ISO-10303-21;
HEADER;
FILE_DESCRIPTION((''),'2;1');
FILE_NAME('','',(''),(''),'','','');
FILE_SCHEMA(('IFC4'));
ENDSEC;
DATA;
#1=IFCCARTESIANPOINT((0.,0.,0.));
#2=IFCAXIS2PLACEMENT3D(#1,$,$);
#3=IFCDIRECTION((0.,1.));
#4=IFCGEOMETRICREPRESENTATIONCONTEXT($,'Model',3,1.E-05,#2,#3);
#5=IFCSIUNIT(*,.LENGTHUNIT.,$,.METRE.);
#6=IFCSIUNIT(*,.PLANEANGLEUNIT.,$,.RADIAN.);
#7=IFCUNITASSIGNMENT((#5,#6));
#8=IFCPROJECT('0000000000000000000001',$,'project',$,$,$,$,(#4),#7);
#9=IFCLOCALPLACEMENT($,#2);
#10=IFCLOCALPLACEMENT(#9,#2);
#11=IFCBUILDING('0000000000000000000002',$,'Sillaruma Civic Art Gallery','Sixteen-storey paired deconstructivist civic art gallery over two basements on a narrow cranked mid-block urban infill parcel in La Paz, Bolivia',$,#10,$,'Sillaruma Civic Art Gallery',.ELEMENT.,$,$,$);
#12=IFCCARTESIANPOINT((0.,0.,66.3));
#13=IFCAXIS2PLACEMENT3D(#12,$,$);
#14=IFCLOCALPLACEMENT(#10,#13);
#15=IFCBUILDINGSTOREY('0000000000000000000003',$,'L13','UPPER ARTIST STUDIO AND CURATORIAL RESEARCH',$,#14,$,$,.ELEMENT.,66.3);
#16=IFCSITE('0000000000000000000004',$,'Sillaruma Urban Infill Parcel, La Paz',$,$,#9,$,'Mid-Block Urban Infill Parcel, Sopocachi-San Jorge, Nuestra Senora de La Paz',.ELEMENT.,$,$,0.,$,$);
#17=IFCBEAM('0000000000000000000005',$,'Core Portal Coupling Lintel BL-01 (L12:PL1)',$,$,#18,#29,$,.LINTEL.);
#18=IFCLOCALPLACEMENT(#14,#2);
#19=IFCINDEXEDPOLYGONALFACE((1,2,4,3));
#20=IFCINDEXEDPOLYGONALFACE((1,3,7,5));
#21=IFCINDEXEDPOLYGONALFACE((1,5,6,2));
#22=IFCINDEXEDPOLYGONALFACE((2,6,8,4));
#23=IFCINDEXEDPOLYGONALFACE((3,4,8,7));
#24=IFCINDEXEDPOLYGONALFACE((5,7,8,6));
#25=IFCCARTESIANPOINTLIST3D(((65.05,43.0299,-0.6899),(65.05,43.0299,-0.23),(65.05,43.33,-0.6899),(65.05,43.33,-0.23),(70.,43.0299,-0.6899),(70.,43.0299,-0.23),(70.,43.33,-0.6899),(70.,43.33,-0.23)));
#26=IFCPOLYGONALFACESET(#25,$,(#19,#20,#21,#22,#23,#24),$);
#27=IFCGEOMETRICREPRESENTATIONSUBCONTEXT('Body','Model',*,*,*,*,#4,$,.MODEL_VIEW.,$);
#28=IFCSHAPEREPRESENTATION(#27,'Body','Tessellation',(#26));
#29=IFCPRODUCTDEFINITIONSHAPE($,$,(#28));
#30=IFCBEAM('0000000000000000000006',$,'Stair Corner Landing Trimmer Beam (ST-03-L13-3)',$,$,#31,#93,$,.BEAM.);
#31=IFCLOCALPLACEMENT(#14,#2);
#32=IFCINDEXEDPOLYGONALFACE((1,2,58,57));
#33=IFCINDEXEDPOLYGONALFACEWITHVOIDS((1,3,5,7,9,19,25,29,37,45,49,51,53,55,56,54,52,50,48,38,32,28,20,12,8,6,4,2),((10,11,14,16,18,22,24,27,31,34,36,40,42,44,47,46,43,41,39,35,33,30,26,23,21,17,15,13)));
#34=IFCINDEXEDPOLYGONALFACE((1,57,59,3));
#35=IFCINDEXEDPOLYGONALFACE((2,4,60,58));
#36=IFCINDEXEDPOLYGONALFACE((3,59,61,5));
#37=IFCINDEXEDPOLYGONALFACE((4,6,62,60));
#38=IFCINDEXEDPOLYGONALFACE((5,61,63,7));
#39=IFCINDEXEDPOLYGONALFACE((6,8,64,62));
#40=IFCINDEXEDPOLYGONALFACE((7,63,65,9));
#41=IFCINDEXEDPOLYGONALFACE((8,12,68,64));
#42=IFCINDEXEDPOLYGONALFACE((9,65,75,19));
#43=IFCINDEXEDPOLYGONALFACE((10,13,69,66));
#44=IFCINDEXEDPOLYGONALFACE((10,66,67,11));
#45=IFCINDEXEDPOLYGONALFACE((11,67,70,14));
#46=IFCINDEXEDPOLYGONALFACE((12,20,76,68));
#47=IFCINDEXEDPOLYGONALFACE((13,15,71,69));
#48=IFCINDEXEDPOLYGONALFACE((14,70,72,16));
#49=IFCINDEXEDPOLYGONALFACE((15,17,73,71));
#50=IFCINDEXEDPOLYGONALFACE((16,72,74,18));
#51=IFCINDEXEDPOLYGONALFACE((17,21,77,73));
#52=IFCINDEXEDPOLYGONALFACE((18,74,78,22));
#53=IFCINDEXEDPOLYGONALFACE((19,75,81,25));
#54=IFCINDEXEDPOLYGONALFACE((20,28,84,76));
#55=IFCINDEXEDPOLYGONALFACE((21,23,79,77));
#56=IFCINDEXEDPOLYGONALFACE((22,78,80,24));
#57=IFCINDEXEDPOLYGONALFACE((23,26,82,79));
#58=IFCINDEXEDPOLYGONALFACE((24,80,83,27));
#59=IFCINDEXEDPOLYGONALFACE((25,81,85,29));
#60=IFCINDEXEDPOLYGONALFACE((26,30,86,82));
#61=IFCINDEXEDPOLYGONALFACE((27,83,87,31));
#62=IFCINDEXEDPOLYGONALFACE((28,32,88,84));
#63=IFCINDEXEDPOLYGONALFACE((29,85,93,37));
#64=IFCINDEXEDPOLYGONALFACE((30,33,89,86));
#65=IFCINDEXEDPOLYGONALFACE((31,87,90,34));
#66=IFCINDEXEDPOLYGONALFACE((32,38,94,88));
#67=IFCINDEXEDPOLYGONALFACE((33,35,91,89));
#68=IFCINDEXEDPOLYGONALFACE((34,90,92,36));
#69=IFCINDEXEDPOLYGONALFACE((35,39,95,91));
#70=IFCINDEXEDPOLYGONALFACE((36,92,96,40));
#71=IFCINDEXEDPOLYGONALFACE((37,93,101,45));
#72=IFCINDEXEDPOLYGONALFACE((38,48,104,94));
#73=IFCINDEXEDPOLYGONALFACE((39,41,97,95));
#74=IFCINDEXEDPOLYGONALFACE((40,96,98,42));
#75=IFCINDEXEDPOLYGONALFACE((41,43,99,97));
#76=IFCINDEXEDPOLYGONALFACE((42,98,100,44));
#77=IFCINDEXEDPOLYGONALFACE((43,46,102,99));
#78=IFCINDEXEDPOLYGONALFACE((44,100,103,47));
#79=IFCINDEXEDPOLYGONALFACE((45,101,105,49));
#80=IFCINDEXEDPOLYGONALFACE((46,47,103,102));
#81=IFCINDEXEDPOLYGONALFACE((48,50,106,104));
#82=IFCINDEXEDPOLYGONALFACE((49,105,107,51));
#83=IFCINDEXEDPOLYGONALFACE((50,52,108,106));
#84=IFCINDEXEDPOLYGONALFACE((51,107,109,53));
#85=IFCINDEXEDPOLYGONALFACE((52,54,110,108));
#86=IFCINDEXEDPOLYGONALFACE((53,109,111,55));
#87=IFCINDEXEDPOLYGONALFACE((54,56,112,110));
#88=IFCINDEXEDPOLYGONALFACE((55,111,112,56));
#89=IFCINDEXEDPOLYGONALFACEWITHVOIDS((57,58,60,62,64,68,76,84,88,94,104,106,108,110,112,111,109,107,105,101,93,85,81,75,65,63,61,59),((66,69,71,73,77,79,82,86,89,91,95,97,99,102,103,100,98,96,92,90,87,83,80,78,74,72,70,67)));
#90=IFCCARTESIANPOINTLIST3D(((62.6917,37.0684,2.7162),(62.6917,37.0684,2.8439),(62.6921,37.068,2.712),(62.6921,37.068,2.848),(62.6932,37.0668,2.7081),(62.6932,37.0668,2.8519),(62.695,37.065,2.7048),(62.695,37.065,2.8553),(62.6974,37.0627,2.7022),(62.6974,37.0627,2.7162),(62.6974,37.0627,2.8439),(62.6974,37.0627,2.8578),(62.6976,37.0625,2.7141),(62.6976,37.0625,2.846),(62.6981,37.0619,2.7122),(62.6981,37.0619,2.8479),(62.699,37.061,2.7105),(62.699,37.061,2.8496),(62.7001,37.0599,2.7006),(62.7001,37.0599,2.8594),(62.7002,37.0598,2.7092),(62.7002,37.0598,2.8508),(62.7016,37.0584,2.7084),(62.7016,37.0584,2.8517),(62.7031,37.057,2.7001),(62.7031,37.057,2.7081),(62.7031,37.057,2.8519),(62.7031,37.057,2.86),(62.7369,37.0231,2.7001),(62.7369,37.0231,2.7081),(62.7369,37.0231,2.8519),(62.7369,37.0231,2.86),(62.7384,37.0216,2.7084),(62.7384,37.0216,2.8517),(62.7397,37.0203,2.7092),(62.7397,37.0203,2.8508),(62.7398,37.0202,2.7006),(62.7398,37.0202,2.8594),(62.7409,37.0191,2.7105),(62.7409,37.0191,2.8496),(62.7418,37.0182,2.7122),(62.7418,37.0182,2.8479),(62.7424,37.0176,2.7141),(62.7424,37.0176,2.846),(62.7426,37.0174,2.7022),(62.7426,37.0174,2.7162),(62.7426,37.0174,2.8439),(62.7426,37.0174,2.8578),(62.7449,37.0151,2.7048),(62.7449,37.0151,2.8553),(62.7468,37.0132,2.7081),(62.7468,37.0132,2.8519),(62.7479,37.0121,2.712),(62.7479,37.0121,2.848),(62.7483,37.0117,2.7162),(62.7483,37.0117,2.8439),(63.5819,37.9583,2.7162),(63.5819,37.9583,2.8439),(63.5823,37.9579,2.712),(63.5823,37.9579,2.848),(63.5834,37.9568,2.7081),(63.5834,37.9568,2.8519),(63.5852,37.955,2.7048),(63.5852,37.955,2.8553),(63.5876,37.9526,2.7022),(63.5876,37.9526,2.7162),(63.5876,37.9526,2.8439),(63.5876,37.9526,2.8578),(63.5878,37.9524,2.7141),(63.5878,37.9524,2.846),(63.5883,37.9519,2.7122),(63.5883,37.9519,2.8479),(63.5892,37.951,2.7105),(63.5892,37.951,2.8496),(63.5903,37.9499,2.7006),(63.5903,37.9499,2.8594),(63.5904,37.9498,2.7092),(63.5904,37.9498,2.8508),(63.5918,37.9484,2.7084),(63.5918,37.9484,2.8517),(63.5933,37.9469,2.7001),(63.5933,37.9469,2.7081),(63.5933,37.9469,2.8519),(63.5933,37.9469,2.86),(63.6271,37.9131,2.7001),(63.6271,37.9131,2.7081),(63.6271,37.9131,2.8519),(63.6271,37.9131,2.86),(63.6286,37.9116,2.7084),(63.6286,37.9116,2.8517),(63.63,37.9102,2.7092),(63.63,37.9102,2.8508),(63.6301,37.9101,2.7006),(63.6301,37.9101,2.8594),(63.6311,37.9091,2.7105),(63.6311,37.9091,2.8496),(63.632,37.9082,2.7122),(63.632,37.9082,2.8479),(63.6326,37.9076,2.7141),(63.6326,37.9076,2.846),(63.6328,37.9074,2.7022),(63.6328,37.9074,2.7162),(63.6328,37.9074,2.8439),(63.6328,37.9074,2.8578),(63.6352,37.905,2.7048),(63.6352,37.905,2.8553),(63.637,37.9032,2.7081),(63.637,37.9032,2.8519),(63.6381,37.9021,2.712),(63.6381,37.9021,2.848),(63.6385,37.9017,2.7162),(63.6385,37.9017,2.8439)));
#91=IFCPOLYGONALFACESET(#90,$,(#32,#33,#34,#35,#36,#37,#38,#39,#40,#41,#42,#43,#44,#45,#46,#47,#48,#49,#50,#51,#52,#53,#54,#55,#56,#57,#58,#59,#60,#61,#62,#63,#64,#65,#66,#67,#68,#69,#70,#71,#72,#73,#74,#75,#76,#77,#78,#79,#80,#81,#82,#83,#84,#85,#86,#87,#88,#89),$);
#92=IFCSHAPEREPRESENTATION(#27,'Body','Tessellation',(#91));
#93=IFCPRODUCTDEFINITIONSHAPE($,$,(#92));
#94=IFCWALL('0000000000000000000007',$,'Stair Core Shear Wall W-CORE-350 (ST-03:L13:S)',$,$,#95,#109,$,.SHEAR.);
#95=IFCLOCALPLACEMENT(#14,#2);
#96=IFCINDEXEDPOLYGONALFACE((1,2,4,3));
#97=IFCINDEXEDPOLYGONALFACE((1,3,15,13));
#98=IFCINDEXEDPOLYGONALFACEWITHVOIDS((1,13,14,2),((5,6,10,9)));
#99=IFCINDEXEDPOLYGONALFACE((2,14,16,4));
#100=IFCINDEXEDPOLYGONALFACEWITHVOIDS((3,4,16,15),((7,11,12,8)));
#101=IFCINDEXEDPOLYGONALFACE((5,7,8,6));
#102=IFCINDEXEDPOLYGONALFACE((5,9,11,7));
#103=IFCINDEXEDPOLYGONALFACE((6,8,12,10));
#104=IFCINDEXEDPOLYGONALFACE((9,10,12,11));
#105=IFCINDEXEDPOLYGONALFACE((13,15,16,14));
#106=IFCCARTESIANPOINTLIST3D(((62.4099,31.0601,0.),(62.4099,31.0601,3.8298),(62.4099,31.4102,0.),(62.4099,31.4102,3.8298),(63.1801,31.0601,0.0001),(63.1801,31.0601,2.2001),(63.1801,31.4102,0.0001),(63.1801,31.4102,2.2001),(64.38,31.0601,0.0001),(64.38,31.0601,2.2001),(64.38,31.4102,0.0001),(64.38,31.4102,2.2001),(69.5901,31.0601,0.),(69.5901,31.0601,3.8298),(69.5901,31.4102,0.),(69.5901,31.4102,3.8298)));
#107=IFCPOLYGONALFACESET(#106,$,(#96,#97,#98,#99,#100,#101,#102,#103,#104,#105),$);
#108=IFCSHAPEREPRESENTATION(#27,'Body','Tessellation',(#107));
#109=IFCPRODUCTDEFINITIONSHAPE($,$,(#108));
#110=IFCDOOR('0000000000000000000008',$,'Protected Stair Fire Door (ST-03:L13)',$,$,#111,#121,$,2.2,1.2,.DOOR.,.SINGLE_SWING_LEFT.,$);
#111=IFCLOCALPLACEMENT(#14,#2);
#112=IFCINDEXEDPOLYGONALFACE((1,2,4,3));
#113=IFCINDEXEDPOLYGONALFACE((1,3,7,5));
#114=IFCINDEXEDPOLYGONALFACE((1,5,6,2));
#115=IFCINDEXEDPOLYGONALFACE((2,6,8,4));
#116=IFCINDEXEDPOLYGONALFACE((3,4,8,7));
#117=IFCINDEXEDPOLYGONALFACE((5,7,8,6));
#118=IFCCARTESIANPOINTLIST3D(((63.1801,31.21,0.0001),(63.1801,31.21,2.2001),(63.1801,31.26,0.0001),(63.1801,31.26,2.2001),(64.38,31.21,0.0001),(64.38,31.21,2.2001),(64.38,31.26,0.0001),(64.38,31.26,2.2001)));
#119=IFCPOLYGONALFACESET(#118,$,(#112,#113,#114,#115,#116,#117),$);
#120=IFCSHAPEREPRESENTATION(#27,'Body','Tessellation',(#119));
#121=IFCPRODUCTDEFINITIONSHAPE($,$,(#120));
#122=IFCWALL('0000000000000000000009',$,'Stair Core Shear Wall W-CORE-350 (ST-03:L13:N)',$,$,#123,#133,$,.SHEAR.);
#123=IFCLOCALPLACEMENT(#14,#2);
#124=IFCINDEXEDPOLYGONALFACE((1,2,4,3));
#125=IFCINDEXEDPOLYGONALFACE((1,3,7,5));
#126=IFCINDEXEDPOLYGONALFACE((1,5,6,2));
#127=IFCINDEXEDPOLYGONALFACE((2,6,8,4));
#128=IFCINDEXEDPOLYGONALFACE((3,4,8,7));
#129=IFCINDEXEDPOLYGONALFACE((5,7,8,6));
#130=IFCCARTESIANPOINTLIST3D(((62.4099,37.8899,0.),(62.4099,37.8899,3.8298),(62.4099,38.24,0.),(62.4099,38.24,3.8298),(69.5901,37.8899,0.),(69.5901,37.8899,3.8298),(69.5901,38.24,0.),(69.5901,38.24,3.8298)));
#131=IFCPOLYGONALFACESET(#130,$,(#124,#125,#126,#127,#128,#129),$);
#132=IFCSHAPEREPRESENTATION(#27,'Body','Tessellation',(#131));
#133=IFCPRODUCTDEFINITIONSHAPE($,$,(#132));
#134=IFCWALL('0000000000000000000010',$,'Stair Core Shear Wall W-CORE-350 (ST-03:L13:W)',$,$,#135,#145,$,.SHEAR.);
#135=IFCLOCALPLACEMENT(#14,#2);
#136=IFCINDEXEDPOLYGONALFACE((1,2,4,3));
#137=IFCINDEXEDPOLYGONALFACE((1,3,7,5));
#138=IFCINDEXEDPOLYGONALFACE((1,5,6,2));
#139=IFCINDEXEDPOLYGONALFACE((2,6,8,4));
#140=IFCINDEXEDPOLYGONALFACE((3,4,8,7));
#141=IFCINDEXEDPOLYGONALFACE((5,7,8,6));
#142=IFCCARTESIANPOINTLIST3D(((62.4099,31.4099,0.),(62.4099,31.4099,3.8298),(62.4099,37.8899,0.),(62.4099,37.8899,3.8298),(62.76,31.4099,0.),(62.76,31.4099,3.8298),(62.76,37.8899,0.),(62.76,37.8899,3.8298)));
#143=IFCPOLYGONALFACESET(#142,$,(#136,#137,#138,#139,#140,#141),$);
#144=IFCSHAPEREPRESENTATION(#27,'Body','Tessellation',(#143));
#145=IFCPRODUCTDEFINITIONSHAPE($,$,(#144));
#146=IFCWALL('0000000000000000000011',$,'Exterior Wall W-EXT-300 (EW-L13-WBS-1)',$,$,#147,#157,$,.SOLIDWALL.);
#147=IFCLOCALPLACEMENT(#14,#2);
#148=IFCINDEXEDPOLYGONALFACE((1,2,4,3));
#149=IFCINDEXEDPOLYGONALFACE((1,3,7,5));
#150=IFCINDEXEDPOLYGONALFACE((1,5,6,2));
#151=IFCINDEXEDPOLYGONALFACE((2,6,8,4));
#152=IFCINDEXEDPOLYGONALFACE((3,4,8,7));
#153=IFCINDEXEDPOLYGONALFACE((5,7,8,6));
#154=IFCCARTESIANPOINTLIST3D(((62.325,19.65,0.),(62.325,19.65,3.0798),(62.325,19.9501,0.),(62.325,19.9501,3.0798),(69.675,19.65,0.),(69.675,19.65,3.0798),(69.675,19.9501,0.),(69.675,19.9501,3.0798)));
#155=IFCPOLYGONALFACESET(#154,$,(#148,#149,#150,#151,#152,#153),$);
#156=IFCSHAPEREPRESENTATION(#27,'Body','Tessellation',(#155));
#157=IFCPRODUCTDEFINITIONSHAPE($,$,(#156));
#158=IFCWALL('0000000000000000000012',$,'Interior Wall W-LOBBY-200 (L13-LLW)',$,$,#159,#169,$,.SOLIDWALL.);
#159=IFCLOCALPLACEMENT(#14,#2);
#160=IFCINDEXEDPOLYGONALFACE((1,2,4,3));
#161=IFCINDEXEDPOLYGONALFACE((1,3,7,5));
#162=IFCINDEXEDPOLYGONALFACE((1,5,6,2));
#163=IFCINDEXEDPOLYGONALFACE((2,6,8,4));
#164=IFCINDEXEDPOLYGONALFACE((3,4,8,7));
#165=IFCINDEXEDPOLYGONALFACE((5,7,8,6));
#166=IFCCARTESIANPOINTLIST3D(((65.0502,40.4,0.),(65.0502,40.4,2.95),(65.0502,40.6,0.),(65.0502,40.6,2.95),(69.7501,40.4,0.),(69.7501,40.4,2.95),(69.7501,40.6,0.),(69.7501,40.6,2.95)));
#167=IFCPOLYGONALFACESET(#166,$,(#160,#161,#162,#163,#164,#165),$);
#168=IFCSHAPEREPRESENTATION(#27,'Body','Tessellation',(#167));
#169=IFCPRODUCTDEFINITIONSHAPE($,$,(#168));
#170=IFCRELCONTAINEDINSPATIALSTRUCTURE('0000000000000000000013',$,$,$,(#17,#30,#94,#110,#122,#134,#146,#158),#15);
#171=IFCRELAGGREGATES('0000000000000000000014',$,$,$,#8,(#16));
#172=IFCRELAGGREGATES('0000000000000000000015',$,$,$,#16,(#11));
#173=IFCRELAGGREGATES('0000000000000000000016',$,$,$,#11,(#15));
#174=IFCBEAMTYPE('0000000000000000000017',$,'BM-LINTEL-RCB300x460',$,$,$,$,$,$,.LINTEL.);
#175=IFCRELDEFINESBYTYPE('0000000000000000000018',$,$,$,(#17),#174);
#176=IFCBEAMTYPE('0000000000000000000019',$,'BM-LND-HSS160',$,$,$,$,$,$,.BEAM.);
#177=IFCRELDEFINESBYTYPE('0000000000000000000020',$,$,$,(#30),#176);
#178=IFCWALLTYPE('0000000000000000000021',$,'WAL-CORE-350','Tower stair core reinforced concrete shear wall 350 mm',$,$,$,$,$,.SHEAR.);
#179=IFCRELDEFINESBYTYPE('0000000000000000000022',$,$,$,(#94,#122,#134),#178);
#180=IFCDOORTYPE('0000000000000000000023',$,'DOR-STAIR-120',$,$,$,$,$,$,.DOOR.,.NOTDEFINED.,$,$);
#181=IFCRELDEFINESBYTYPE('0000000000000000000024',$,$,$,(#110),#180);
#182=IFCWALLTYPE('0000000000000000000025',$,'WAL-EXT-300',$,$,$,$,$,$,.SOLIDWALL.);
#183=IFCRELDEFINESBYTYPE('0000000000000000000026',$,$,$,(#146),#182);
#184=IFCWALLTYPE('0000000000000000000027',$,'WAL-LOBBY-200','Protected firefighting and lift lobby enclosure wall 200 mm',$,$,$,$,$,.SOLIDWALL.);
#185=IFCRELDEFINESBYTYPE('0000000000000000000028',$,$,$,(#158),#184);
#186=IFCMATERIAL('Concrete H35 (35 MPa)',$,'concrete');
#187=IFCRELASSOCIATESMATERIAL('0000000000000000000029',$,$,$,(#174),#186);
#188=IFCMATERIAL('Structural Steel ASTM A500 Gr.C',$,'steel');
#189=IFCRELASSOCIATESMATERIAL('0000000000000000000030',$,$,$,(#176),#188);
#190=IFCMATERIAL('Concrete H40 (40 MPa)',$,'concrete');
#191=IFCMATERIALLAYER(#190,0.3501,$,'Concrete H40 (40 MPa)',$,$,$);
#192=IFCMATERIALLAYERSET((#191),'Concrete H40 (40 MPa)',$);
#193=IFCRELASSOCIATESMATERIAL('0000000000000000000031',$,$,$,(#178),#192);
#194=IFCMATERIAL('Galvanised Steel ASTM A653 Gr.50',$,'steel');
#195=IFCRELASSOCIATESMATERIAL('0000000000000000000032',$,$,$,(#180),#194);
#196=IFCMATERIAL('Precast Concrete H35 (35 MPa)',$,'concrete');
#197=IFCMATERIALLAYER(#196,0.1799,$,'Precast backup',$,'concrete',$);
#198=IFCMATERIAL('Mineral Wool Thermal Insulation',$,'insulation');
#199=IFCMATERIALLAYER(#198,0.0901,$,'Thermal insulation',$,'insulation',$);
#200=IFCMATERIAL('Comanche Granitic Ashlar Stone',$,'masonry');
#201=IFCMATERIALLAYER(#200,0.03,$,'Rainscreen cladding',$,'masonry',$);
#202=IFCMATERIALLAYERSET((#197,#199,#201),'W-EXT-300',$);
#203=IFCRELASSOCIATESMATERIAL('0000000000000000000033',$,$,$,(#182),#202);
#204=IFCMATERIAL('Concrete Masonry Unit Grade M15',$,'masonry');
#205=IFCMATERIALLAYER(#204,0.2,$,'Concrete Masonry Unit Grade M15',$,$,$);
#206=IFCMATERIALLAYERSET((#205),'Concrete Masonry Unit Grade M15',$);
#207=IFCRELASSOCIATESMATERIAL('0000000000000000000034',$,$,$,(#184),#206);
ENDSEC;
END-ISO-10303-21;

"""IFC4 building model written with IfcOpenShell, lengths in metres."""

from ifc_helpers import new_model, si_unit, direction, frame, frame_2d, origin, origin_2d, place, context, subcontext, project, spatial, rectangle, hollow_rectangle, extrude, material, layer, layer_set, material_profile, profile_set, type_object, element, fill, save


model = new_model("IFC4")

# Units and contexts
model_context = context("Model", 3, precision=1e-05, world=origin(), true_north=direction((0.0, 1.0)))
body_context = subcontext(model_context, "Body", "Model", "MODEL_VIEW")
ifc_project = project(units=[si_unit("LENGTHUNIT", "METRE"), si_unit("PLANEANGLEUNIT", "RADIAN")], contexts=[model_context])

# Site, building, storey
site_placement = place(None, origin())
site = spatial("IfcSite", under=ifc_project, at=site_placement, Name="Sillaruma Urban Infill Parcel, La Paz", LongName="Mid-Block Urban Infill Parcel, Sopocachi-San Jorge, Nuestra Senora de La Paz", CompositionType="ELEMENT", RefElevation=0.0)
building_placement = place(site_placement, origin())
building = spatial("IfcBuilding", under=site, at=building_placement, Name="Sillaruma Civic Art Gallery", Description="Sixteen-storey paired deconstructivist civic art gallery over two basements on a narrow cranked mid-block urban infill parcel in La Paz, Bolivia", LongName="Sillaruma Civic Art Gallery", CompositionType="ELEMENT")
storey_placement = place(building_placement, frame((0.0, 0.0, 66.3)))
storey = spatial("IfcBuildingStorey", under=building, at=storey_placement, Name="L13", Description="UPPER ARTIST STUDIO AND CURATORIAL RESEARCH", CompositionType="ELEMENT", Elevation=66.3)

# Beams
ifc_material_1 = material(Name="Concrete H35 (35 MPa)", Category="concrete")
ifc_material_profile_1 = material_profile(ifc_material_1, rectangle(XDim=0.3, YDim=0.46, at=origin_2d()), Name="RCB300x460")
ifc_profile_set_1 = profile_set([ifc_material_profile_1], Name="Concrete H35 (35 MPa)")
beam_type_1 = type_object("IfcBeamType", Name="BM-LINTEL-RCB300x460", PredefinedType="LINTEL", material=ifc_profile_set_1)
beam_1_placement = place(storey_placement, frame((65.05, 43.1799, -0.46), z_axis=(1.0, 0.0, 0.0), x_axis=(0.0, 1.0, 0.0)))
element("IfcBeam", 1, at=beam_1_placement, inside=storey, type_object=beam_type_1, Name="Core Portal Coupling Lintel BL-01 (L12:PL1)", PredefinedType="LINTEL", context=body_context, shape_type="SweptSolid", body=[
    extrude(rectangle(XDim=0.3, YDim=0.46, at=origin_2d()), origin(), (0.0, 0.0, 1.0), 4.95),
])
ifc_material_2 = material(Name="Structural Steel ASTM A500 Gr.C", Category="steel")
ifc_material_profile_2 = material_profile(ifc_material_2, hollow_rectangle(XDim=0.0801, YDim=0.1599, WallThickness=0.0081, InnerFilletRadius=0.0081, OuterFilletRadius=0.0161, at=origin_2d()), Name="HSS160x80x8")
ifc_profile_set_2 = profile_set([ifc_material_profile_2], Name="Structural Steel ASTM A500 Gr.C")
beam_type_2 = type_object("IfcBeamType", Name="BM-LND-HSS160", PredefinedType="BEAM", material=ifc_profile_set_2)
beam_2_placement = place(storey_placement, frame((62.72, 37.04, 2.78), z_axis=(0.707204, 0.70701, 0.0), x_axis=(-0.70701, 0.707204, 0.0)))
element("IfcBeam", 2, at=beam_2_placement, inside=storey, type_object=beam_type_2, Name="Stair Corner Landing Trimmer Beam (ST-03-L13-3)", PredefinedType="BEAM", context=body_context, shape_type="SweptSolid", body=[
    extrude(hollow_rectangle(XDim=0.0801, YDim=0.1599, WallThickness=0.0081, InnerFilletRadius=0.0081, OuterFilletRadius=0.0161, at=origin_2d()), origin(), (0.0, 0.0, 1.0), 1.2588),
])

# Wall, opening, door
ifc_material_3 = material(Name="Concrete H40 (40 MPa)", Category="concrete")
ifc_layer_1 = layer(ifc_material_3, 0.3501, Name="Concrete H40 (40 MPa)")
ifc_layer_set_1 = layer_set([ifc_layer_1], Name="Concrete H40 (40 MPa)")
wall_type_1 = type_object("IfcWallType", Name="WAL-CORE-350", Description="Tower stair core reinforced concrete shear wall 350 mm", PredefinedType="SHEAR", material=ifc_layer_set_1)
wall_1_placement = place(storey_placement, frame((62.4099, 31.2351, 0.0), z_axis=(0.0, 0.0, 1.0), x_axis=(1.0, 0.0, 0.0)))
wall_1 = element("IfcWall", 3, at=wall_1_placement, inside=storey, type_object=wall_type_1, Name="Stair Core Shear Wall W-CORE-350 (ST-03:L13:S)", PredefinedType="SHEAR", context=body_context, shape_type="SweptSolid", body=[
    extrude(rectangle(XDim=7.1802, YDim=0.3501, at=frame_2d((3.5901, 0.0))), origin(), (0.0, 0.0, 1.0), 3.8298),
])
opening_1_placement = place(wall_1_placement, frame((0.77, 0.0, 0.0)))
opening_1 = element("IfcOpeningElement", 4, at=opening_1_placement, cuts=wall_1, PredefinedType="OPENING", context=body_context, shape_type="SweptSolid", body=[
    extrude(rectangle(XDim=1.2, YDim=2.2, at=frame_2d((0.6001, 1.1001))), frame((0.0, 0.1851, 0.0), z_axis=(0.0, -1.0, 0.0), x_axis=(1.0, 0.0, 0.0)), (0.0, 0.0, 1.0), 0.3701),
])
ifc_material_4 = material(Name="Galvanised Steel ASTM A653 Gr.50", Category="steel")
door_type_1 = type_object("IfcDoorType", Name="DOR-STAIR-120", OperationType="NOTDEFINED", PredefinedType="DOOR", material=ifc_material_4)
door_1_placement = place(opening_1_placement, origin())
door_1 = element("IfcDoor", 5, at=door_1_placement, inside=storey, type_object=door_type_1, Name="Protected Stair Fire Door (ST-03:L13)", OperationType="SINGLE_SWING_LEFT", OverallHeight=2.2, OverallWidth=1.2, PredefinedType="DOOR", context=body_context, shape_type="SweptSolid", body=[
    extrude(rectangle(XDim=1.2, YDim=2.2, at=frame_2d((0.6001, 1.1001))), frame((0.0, 0.0249, 0.0), z_axis=(0.0, -1.0, 0.0), x_axis=(1.0, 0.0, 0.0)), (0.0, 0.0, 1.0), 0.05),
])
fill(opening_1, door_1)

# Walls
wall_2_placement = place(storey_placement, frame((62.4099, 38.0649, 0.0), z_axis=(0.0, 0.0, 1.0), x_axis=(1.0, 0.0, 0.0)))
element("IfcWall", 6, at=wall_2_placement, inside=storey, type_object=wall_type_1, Name="Stair Core Shear Wall W-CORE-350 (ST-03:L13:N)", PredefinedType="SHEAR", context=body_context, shape_type="SweptSolid", body=[
    extrude(rectangle(XDim=7.1802, YDim=0.3501, at=frame_2d((3.5901, 0.0))), origin(), (0.0, 0.0, 1.0), 3.8298),
])
wall_3_placement = place(storey_placement, frame((62.585, 31.4099, 0.0), z_axis=(0.0, 0.0, 1.0), x_axis=(0.0, 1.0, 0.0)))
element("IfcWall", 7, at=wall_3_placement, inside=storey, type_object=wall_type_1, Name="Stair Core Shear Wall W-CORE-350 (ST-03:L13:W)", PredefinedType="SHEAR", context=body_context, shape_type="SweptSolid", body=[
    extrude(rectangle(XDim=6.48, YDim=0.3501, at=frame_2d((3.24, 0.0))), origin(), (0.0, 0.0, 1.0), 3.8298),
])
ifc_material_5 = material(Name="Precast Concrete H35 (35 MPa)", Category="concrete")
ifc_layer_2 = layer(ifc_material_5, 0.1799, Name="Precast backup", Category="concrete")
ifc_material_6 = material(Name="Mineral Wool Thermal Insulation", Category="insulation")
ifc_layer_3 = layer(ifc_material_6, 0.0901, Name="Thermal insulation", Category="insulation")
ifc_material_7 = material(Name="Comanche Granitic Ashlar Stone", Category="masonry")
ifc_layer_4 = layer(ifc_material_7, 0.03, Name="Rainscreen cladding", Category="masonry")
ifc_layer_set_2 = layer_set([ifc_layer_2, ifc_layer_3, ifc_layer_4], Name="W-EXT-300")
wall_type_2 = type_object("IfcWallType", Name="WAL-EXT-300", PredefinedType="SOLIDWALL", material=ifc_layer_set_2)
wall_4_placement = place(storey_placement, frame((62.325, 19.8, 0.0), z_axis=(0.0, 0.0, 1.0), x_axis=(1.0, 0.0, 0.0)))
element("IfcWall", 8, at=wall_4_placement, inside=storey, type_object=wall_type_2, Name="Exterior Wall W-EXT-300 (EW-L13-WBS-1)", PredefinedType="SOLIDWALL", context=body_context, shape_type="SweptSolid", body=[
    extrude(rectangle(XDim=7.3501, YDim=0.3, at=frame_2d((3.675, 0.0))), origin(), (0.0, 0.0, 1.0), 3.0798),
])
ifc_material_8 = material(Name="Concrete Masonry Unit Grade M15", Category="masonry")
ifc_layer_5 = layer(ifc_material_8, 0.2, Name="Concrete Masonry Unit Grade M15")
ifc_layer_set_3 = layer_set([ifc_layer_5], Name="Concrete Masonry Unit Grade M15")
wall_type_3 = type_object("IfcWallType", Name="WAL-LOBBY-200", Description="Protected firefighting and lift lobby enclosure wall 200 mm", PredefinedType="SOLIDWALL", material=ifc_layer_set_3)
wall_5_placement = place(storey_placement, frame((65.05, 40.5, 0.0), z_axis=(0.0, 0.0, 1.0), x_axis=(1.0, 0.0, 0.0)))
element("IfcWall", 9, at=wall_5_placement, inside=storey, type_object=wall_type_3, Name="Interior Wall W-LOBBY-200 (L13-LLW)", PredefinedType="SOLIDWALL", context=body_context, shape_type="SweptSolid", body=[
    extrude(rectangle(XDim=4.7, YDim=0.2, at=frame_2d((2.3501, 0.0))), origin(), (0.0, 0.0, 1.0), 2.95),
])

save(model, "model.ifc")
